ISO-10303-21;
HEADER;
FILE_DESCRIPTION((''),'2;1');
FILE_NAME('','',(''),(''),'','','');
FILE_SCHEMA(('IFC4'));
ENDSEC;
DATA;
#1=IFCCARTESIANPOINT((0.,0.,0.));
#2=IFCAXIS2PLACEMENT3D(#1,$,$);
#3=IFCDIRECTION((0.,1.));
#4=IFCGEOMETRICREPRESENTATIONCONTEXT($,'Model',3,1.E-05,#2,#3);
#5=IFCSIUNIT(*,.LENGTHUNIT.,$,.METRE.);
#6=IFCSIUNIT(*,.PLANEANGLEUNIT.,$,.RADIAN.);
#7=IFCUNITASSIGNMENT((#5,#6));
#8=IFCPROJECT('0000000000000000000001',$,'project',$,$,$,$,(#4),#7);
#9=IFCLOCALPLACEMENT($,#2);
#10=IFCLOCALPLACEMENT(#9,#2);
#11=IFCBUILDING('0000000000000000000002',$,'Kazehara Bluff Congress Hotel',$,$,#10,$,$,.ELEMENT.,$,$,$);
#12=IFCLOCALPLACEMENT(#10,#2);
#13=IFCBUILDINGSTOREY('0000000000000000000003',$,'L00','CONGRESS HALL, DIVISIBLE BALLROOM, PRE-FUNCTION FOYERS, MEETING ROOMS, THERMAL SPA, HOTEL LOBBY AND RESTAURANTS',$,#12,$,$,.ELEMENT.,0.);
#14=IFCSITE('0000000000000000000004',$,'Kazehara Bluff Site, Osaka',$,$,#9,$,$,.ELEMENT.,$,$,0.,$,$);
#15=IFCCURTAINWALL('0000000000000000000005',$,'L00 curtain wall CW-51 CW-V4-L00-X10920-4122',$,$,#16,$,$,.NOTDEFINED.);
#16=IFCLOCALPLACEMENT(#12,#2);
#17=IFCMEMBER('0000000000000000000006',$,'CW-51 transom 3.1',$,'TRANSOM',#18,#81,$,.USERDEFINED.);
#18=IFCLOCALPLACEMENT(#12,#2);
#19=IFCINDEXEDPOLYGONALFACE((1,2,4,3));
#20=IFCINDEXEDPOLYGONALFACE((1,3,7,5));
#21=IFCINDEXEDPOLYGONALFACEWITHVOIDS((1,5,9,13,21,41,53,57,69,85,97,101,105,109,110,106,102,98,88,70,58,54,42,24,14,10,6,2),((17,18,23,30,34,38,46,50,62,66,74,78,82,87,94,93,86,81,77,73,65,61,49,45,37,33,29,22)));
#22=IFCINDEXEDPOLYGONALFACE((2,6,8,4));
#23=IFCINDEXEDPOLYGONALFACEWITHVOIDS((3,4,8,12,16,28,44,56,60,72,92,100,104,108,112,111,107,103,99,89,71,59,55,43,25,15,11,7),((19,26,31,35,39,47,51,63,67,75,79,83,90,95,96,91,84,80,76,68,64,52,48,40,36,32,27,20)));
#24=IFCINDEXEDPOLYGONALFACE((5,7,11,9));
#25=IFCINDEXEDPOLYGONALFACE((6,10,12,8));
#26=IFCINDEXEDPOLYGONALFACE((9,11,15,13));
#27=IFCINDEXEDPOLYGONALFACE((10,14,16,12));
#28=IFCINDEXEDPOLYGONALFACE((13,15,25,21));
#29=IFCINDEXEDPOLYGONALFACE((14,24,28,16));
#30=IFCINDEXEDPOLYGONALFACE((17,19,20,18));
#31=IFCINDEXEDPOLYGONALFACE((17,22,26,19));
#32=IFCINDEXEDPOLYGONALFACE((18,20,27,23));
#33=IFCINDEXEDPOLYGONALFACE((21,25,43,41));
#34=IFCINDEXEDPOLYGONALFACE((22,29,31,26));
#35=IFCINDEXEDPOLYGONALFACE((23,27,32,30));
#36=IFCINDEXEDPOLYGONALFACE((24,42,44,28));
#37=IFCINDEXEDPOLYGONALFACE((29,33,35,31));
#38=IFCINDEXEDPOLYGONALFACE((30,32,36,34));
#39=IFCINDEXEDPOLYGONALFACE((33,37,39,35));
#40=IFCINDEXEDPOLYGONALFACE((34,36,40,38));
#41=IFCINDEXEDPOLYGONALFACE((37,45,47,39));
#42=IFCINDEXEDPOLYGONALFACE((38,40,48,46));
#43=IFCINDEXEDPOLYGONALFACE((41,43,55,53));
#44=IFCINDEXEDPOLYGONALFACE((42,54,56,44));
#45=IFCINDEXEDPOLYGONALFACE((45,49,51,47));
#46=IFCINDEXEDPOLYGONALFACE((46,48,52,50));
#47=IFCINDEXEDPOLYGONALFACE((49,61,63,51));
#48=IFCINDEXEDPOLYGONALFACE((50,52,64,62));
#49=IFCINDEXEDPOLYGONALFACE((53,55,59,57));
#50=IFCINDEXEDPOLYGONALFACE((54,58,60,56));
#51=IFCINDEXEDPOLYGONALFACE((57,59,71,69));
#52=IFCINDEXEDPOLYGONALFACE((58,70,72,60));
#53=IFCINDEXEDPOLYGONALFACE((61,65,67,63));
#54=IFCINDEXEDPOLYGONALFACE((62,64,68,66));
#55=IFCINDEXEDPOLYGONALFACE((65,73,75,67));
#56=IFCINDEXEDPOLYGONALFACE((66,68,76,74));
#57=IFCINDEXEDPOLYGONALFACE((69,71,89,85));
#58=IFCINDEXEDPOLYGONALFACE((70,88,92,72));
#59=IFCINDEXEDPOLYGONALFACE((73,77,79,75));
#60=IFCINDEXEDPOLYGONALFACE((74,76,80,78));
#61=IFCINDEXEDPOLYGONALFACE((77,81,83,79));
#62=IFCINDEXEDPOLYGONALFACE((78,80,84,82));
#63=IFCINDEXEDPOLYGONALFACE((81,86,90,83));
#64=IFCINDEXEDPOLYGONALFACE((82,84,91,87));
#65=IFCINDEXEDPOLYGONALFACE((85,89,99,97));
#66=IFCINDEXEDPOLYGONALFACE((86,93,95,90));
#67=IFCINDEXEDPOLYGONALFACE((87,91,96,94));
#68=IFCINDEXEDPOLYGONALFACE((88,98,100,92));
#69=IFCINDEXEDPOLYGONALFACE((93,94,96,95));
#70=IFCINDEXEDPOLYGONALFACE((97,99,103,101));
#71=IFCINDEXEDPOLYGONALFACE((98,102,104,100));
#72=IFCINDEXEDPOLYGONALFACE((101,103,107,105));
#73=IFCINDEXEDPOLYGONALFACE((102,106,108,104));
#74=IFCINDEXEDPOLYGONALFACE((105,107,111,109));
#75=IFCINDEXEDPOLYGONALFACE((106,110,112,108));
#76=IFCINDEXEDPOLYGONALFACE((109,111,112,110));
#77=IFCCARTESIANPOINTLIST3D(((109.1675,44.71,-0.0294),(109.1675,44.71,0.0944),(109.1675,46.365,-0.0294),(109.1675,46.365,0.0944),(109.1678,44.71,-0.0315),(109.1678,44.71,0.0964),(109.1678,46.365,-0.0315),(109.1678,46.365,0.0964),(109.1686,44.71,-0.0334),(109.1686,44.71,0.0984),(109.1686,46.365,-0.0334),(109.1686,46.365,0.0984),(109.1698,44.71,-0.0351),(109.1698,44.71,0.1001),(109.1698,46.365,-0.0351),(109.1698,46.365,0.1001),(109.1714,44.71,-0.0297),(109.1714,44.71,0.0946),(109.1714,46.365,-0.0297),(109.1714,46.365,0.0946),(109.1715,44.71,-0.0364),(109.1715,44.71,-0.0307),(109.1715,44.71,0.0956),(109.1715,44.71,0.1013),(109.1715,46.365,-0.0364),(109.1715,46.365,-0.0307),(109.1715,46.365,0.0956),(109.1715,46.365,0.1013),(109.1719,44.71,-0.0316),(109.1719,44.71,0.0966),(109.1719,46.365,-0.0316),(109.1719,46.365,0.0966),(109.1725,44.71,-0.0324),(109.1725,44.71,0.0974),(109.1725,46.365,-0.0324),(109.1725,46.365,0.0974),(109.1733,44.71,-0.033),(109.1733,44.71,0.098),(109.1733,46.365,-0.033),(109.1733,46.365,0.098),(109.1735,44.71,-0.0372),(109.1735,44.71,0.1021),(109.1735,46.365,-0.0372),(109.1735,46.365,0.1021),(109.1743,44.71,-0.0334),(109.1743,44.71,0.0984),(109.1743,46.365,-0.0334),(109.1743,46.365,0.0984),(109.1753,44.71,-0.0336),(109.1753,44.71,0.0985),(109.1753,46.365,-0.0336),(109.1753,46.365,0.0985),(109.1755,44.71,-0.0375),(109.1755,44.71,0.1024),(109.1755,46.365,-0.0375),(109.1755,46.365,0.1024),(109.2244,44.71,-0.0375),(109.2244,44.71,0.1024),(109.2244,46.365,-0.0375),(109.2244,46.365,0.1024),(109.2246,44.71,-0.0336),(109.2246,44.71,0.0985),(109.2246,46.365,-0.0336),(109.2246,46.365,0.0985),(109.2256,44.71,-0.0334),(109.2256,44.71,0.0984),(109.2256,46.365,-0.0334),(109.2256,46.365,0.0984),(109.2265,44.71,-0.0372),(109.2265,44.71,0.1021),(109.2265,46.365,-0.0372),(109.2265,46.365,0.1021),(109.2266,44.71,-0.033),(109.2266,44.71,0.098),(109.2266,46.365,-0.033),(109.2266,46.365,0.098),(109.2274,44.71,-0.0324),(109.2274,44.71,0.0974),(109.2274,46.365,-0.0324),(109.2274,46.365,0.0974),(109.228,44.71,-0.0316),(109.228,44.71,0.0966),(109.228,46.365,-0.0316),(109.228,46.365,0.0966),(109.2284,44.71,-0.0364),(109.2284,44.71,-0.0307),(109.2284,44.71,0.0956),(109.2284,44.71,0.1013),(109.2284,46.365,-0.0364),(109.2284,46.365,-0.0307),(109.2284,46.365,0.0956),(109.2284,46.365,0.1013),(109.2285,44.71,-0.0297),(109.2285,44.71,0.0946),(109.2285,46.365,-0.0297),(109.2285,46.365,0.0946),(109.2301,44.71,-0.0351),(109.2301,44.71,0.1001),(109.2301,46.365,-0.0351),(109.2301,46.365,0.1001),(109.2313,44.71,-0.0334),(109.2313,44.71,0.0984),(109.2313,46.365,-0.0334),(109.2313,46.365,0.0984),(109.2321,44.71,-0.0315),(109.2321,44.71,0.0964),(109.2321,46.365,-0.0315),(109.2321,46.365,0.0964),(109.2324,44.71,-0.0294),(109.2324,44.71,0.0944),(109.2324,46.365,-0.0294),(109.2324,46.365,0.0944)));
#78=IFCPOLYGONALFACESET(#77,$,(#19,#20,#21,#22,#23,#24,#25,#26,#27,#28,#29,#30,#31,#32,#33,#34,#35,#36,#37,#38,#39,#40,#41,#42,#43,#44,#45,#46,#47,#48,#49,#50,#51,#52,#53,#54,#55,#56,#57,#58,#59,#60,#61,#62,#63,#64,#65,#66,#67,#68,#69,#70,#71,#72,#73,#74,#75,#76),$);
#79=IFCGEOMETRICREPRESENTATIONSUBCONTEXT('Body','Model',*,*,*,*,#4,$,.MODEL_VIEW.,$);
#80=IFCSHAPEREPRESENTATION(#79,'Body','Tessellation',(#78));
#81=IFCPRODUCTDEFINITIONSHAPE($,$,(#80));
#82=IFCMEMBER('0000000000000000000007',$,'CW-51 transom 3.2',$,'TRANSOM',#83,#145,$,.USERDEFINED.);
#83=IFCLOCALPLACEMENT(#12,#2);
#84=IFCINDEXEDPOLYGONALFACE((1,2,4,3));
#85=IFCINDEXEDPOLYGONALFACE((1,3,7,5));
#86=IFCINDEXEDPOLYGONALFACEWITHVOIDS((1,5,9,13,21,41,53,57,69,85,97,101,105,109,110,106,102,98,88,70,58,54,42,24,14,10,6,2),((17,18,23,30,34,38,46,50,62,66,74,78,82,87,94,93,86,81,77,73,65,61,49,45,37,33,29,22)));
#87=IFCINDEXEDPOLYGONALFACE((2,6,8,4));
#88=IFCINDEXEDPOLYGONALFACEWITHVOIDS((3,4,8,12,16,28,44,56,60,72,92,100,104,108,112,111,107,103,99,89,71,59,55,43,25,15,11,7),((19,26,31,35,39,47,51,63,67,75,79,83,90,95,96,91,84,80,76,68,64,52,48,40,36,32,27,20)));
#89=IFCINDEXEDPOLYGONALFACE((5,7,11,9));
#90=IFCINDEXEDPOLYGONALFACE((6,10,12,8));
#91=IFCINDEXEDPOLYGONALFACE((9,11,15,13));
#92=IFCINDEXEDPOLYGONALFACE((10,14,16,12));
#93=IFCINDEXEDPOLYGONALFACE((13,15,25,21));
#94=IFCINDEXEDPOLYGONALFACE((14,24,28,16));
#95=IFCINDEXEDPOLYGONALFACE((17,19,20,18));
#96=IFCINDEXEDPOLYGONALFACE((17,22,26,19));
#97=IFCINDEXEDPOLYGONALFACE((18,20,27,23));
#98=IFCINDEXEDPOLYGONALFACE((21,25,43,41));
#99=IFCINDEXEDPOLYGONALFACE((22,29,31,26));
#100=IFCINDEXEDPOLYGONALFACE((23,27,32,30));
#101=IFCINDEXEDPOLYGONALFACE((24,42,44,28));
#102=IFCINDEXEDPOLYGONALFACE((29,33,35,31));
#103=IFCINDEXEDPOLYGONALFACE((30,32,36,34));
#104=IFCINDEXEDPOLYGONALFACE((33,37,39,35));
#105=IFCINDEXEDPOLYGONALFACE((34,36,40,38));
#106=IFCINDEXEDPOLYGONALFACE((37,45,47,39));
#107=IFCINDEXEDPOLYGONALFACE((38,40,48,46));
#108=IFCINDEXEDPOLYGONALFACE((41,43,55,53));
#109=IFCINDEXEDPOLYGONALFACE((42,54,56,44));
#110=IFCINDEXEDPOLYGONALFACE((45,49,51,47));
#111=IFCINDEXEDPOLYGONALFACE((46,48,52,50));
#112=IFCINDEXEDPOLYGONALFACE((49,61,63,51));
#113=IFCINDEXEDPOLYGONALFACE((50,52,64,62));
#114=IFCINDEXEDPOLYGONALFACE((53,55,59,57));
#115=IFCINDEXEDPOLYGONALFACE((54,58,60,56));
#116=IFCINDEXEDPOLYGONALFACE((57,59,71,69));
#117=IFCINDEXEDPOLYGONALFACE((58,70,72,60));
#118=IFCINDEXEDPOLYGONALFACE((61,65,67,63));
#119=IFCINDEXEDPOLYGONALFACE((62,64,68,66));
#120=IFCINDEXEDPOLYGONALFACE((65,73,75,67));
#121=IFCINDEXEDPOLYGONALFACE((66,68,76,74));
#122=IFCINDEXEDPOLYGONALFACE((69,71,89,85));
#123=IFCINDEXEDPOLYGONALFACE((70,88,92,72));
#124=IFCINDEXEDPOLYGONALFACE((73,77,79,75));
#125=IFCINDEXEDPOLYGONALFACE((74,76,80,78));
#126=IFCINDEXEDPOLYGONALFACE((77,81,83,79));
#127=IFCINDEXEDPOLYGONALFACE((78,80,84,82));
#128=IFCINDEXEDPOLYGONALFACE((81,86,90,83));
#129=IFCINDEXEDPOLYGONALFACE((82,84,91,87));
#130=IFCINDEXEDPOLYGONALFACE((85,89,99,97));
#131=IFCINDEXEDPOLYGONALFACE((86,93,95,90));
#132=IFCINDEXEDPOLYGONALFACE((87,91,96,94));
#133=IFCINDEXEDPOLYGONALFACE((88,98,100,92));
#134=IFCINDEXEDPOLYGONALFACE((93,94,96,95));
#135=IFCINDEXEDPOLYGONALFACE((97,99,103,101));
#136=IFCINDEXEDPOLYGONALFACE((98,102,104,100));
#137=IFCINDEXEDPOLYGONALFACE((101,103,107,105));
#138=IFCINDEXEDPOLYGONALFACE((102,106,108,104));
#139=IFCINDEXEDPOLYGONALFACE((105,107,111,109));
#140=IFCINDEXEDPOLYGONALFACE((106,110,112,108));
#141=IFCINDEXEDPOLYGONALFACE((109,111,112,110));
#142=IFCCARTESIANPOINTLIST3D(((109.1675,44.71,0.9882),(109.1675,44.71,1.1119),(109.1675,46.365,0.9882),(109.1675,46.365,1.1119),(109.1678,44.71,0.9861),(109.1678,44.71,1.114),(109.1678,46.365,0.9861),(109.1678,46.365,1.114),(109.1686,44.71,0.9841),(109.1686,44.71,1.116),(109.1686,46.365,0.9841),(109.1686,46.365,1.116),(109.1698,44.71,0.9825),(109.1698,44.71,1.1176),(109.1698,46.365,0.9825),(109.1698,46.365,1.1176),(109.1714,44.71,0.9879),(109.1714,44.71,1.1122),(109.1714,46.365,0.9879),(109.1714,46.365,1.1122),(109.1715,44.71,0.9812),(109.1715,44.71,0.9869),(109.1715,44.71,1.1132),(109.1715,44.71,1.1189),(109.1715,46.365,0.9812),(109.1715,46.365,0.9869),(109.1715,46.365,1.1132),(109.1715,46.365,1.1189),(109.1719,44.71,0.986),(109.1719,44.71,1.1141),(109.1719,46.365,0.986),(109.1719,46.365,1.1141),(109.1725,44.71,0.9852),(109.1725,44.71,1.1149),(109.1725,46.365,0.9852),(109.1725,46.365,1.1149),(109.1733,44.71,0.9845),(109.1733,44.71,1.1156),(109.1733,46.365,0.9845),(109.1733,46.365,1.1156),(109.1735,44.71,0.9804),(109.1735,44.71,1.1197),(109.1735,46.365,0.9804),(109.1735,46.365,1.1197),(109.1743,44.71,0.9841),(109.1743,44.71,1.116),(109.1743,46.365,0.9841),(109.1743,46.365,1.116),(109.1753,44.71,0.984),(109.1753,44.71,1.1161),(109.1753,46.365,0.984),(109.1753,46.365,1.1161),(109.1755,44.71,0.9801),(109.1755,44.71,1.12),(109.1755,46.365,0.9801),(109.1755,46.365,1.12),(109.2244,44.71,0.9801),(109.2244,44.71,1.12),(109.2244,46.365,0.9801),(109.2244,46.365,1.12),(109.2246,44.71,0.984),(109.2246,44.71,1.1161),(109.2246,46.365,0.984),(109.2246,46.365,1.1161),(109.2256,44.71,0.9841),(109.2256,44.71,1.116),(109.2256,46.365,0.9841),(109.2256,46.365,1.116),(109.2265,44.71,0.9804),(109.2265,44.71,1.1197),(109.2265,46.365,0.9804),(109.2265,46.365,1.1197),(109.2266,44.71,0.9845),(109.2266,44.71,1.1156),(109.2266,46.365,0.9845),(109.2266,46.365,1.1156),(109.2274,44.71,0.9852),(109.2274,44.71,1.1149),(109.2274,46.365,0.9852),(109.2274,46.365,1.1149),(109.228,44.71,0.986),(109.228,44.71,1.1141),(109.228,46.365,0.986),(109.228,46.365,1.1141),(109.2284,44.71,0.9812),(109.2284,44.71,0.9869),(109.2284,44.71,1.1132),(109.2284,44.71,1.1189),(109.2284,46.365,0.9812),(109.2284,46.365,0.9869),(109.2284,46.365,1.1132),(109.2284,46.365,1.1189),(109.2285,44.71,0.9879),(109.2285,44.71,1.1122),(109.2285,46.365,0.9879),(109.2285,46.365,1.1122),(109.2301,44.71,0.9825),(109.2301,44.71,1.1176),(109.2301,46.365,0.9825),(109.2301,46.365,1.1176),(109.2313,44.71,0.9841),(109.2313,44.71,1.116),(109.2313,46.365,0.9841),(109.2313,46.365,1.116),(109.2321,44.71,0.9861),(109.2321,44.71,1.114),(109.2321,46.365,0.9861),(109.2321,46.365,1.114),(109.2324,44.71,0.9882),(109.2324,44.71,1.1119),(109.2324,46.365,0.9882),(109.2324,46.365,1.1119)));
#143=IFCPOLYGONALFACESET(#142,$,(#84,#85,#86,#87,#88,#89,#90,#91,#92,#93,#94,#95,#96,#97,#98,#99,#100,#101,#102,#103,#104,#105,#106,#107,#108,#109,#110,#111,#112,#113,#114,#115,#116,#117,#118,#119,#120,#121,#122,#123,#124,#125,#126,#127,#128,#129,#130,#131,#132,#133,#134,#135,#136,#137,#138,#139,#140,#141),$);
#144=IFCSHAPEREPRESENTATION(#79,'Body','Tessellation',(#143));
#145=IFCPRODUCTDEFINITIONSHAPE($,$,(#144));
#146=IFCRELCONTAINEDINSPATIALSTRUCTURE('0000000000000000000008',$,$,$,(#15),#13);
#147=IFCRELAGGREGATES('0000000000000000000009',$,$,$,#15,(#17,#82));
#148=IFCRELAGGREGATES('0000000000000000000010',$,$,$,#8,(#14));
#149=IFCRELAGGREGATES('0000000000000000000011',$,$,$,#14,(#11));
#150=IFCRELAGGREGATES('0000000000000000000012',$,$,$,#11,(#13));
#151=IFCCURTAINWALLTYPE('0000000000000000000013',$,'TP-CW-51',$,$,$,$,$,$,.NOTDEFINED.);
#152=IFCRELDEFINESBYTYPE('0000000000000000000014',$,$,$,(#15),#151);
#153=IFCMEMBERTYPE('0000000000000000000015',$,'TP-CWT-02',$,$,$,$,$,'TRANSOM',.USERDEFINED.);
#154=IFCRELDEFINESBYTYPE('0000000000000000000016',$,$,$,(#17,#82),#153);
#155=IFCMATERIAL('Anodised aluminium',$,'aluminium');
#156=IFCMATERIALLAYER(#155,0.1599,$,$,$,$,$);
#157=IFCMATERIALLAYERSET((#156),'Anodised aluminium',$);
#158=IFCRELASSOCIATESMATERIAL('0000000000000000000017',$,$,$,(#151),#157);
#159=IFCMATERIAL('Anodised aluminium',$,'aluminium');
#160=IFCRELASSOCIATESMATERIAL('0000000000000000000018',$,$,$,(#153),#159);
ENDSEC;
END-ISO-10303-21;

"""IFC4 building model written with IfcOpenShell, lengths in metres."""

from ifc_helpers import new_model, si_unit, direction, frame, origin, origin_2d, place, context, subcontext, project, spatial, hollow_rectangle, extrude, material, layer, layer_set, material_profile, profile_set, type_object, element, aggregate, save


model = new_model("IFC4")

# Units and contexts
model_context = context("Model", 3, precision=1e-05, world=origin(), true_north=direction((0.0, 1.0)))
body_context = subcontext(model_context, "Body", "Model", "MODEL_VIEW")
ifc_project = project(units=[si_unit("LENGTHUNIT", "METRE"), si_unit("PLANEANGLEUNIT", "RADIAN")], contexts=[model_context])

# Site, building, storey
site_placement = place(None, origin())
site = spatial("IfcSite", under=ifc_project, at=site_placement, Name="Kazehara Bluff Site, Osaka", CompositionType="ELEMENT", RefElevation=0.0)
building_placement = place(site_placement, origin())
building = spatial("IfcBuilding", under=site, at=building_placement, Name="Kazehara Bluff Congress Hotel", CompositionType="ELEMENT")
storey_placement = place(building_placement, origin())
storey = spatial("IfcBuildingStorey", under=building, at=storey_placement, Name="L00", Description="CONGRESS HALL, DIVISIBLE BALLROOM, PRE-FUNCTION FOYERS, MEETING ROOMS, THERMAL SPA, HOTEL LOBBY AND RESTAURANTS", CompositionType="ELEMENT", Elevation=0.0)

# Curtain wall
ifc_material_1 = material(Name="Anodised aluminium", Category="aluminium")
ifc_layer_1 = layer(ifc_material_1, 0.1599)
ifc_layer_set_1 = layer_set([ifc_layer_1], Name="Anodised aluminium")
curtain_wall_type_1 = type_object("IfcCurtainWallType", Name="TP-CW-51", PredefinedType="NOTDEFINED", material=ifc_layer_set_1)
curtain_wall_1_placement = place(storey_placement, origin())
curtain_wall_1 = element("IfcCurtainWall", 1, at=curtain_wall_1_placement, inside=storey, type_object=curtain_wall_type_1, Name="L00 curtain wall CW-51 CW-V4-L00-X10920-4122", PredefinedType="NOTDEFINED")

# Members
ifc_material_2 = material(Name="Anodised aluminium", Category="aluminium")
ifc_material_profile_1 = material_profile(ifc_material_2, hollow_rectangle(XDim=0.0649, YDim=0.1399, WallThickness=0.0039, InnerFilletRadius=0.0039, OuterFilletRadius=0.0081, at=origin_2d()))
ifc_profile_set_1 = profile_set([ifc_material_profile_1], Name="Anodised aluminium")
member_type_1 = type_object("IfcMemberType", Name="TP-CWT-02", ElementType="TRANSOM", PredefinedType="USERDEFINED", material=ifc_profile_set_1)
member_1_placement = place(storey_placement, frame((109.2, 44.71, 0.0325), z_axis=(0.0, 1.0, 0.0), x_axis=(-1.0, 0.0, 0.0)))
member_1 = element("IfcMember", 2, at=member_1_placement, type_object=member_type_1, Name="CW-51 transom 3.1", ObjectType="TRANSOM", PredefinedType="USERDEFINED", context=body_context, shape_type="SweptSolid", body=[
    extrude(hollow_rectangle(XDim=0.0649, YDim=0.1399, WallThickness=0.0039, InnerFilletRadius=0.0039, OuterFilletRadius=0.0081, at=origin_2d()), origin(), (0.0, 0.0, 1.0), 1.655),
])
member_2_placement = place(storey_placement, frame((109.2, 44.71, 1.05), z_axis=(0.0, 1.0, 0.0), x_axis=(-1.0, 0.0, 0.0)))
member_2 = element("IfcMember", 3, at=member_2_placement, type_object=member_type_1, Name="CW-51 transom 3.2", ObjectType="TRANSOM", PredefinedType="USERDEFINED", context=body_context, shape_type="SweptSolid", body=[
    extrude(hollow_rectangle(XDim=0.0649, YDim=0.1399, WallThickness=0.0039, InnerFilletRadius=0.0039, OuterFilletRadius=0.0081, at=origin_2d()), origin(), (0.0, 0.0, 1.0), 1.655),
])

aggregate(curtain_wall_1, [member_1, member_2])

save(model, "model.ifc")
